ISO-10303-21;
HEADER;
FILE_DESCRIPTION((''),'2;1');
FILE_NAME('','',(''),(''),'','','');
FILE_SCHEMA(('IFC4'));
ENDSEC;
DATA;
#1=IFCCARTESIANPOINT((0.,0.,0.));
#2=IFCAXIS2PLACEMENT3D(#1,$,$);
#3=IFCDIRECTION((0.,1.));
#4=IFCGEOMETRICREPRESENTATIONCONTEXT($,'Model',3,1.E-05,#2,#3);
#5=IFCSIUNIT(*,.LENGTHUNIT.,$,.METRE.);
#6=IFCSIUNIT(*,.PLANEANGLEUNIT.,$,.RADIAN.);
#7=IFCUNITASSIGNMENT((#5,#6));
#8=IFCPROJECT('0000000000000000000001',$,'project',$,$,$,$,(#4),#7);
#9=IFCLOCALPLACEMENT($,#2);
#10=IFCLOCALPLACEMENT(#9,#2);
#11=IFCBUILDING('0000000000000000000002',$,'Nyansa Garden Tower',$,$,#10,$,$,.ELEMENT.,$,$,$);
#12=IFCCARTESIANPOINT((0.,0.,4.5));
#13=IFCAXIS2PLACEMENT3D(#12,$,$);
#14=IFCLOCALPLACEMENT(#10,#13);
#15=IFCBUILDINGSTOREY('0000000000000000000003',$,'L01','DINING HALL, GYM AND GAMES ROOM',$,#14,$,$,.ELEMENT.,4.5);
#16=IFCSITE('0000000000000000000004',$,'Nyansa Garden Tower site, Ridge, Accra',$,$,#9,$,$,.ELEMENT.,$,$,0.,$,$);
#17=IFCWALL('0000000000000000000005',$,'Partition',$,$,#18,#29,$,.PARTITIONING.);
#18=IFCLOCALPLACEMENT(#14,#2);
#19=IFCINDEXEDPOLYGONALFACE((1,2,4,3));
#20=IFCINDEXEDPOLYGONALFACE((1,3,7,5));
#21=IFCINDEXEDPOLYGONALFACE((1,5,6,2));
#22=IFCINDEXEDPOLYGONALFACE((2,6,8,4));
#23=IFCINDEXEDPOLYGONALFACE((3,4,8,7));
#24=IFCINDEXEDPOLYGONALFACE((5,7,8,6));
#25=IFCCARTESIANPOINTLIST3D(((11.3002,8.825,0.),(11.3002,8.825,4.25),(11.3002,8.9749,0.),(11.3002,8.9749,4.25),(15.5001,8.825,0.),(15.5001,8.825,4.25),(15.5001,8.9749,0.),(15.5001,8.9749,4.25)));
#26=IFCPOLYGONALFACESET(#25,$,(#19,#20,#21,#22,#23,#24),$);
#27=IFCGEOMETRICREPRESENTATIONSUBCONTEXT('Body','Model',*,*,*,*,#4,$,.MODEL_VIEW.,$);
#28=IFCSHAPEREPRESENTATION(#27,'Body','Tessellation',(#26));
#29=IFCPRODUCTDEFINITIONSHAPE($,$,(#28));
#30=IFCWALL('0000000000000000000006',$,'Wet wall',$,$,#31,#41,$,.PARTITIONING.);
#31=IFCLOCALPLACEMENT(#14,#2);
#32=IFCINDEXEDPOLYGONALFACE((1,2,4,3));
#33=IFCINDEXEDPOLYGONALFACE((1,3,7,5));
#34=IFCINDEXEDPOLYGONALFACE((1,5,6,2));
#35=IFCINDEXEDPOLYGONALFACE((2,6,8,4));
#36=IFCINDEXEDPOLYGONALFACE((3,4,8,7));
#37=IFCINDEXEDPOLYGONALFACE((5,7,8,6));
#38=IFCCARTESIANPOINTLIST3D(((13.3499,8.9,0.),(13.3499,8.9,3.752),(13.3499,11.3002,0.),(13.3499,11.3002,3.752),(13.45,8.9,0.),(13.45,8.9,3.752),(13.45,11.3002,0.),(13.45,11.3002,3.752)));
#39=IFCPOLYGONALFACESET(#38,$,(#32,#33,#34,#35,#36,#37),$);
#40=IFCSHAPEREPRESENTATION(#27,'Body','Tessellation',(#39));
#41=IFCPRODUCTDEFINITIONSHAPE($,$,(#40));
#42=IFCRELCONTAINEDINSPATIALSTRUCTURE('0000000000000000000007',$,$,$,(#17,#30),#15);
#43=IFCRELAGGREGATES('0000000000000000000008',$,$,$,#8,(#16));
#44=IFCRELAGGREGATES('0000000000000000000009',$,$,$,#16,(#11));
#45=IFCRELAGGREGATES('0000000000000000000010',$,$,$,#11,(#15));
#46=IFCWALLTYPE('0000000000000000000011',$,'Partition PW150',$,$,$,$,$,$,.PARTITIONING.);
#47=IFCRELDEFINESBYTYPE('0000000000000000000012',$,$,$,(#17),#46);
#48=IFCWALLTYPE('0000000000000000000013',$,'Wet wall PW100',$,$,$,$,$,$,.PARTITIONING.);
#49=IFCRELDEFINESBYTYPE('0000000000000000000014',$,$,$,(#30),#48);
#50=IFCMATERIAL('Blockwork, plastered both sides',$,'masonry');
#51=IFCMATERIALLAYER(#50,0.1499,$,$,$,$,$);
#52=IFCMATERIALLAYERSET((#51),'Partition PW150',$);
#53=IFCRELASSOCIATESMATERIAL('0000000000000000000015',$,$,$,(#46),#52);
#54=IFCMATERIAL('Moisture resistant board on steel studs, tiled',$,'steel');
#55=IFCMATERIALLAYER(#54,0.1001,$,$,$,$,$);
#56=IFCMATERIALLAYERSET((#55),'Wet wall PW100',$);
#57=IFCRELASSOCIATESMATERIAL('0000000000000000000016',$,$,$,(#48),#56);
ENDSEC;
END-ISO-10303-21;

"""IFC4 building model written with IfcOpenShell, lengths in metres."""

from ifc_helpers import new_model, si_unit, direction, frame, frame_2d, origin, place, context, subcontext, project, spatial, rectangle, extrude, material, layer, layer_set, type_object, element, save


model = new_model("IFC4")

# Units and contexts
model_context = context("Model", 3, precision=1e-05, world=origin(), true_north=direction((0.0, 1.0)))
body_context = subcontext(model_context, "Body", "Model", "MODEL_VIEW")
ifc_project = project(units=[si_unit("LENGTHUNIT", "METRE"), si_unit("PLANEANGLEUNIT", "RADIAN")], contexts=[model_context])

# Site, building, storey
site_placement = place(None, origin())
site = spatial("IfcSite", under=ifc_project, at=site_placement, Name="Nyansa Garden Tower site, Ridge, Accra", CompositionType="ELEMENT", RefElevation=0.0)
building_placement = place(site_placement, origin())
building = spatial("IfcBuilding", under=site, at=building_placement, Name="Nyansa Garden Tower", CompositionType="ELEMENT")
storey_placement = place(building_placement, frame((0.0, 0.0, 4.5)))
storey = spatial("IfcBuildingStorey", under=building, at=storey_placement, Name="L01", Description="DINING HALL, GYM AND GAMES ROOM", CompositionType="ELEMENT", Elevation=4.5)

# Shared definitions
ifc_material_1 = material(Name="Blockwork, plastered both sides", Category="masonry")
ifc_layer_1 = layer(ifc_material_1, 0.1499)
ifc_layer_set_1 = layer_set([ifc_layer_1], Name="Partition PW150")
wall_type_1 = type_object("IfcWallType", Name="Partition PW150", PredefinedType="PARTITIONING", material=ifc_layer_set_1)

# Walls
wall_1_placement = place(storey_placement, frame((11.3, 8.8999, 0.0), z_axis=(0.0, 0.0, 1.0), x_axis=(1.0, 0.0, 0.0)))
element("IfcWall", 1, at=wall_1_placement, inside=storey, type_object=wall_type_1, Name="Partition", PredefinedType="PARTITIONING", context=body_context, shape_type="SweptSolid", body=[
    extrude(rectangle(XDim=4.2, YDim=0.1499, at=frame_2d((2.1001, 0.0))), origin(), (0.0, 0.0, 1.0), 4.25),
])
ifc_material_2 = material(Name="Moisture resistant board on steel studs, tiled", Category="steel")
ifc_layer_2 = layer(ifc_material_2, 0.1001)
ifc_layer_set_2 = layer_set([ifc_layer_2], Name="Wet wall PW100")
wall_type_2 = type_object("IfcWallType", Name="Wet wall PW100", PredefinedType="PARTITIONING", material=ifc_layer_set_2)
wall_2_placement = place(storey_placement, frame((13.3999, 8.8999, 0.0), z_axis=(0.0, 0.0, 1.0), x_axis=(0.0, 1.0, 0.0)))
element("IfcWall", 2, at=wall_2_placement, inside=storey, type_object=wall_type_2, Name="Wet wall", PredefinedType="PARTITIONING", context=body_context, shape_type="SweptSolid", body=[
    extrude(rectangle(XDim=2.4001, YDim=0.1001, at=frame_2d((1.2002, 0.0))), origin(), (0.0, 0.0, 1.0), 3.752),
])

save(model, "model.ifc")
